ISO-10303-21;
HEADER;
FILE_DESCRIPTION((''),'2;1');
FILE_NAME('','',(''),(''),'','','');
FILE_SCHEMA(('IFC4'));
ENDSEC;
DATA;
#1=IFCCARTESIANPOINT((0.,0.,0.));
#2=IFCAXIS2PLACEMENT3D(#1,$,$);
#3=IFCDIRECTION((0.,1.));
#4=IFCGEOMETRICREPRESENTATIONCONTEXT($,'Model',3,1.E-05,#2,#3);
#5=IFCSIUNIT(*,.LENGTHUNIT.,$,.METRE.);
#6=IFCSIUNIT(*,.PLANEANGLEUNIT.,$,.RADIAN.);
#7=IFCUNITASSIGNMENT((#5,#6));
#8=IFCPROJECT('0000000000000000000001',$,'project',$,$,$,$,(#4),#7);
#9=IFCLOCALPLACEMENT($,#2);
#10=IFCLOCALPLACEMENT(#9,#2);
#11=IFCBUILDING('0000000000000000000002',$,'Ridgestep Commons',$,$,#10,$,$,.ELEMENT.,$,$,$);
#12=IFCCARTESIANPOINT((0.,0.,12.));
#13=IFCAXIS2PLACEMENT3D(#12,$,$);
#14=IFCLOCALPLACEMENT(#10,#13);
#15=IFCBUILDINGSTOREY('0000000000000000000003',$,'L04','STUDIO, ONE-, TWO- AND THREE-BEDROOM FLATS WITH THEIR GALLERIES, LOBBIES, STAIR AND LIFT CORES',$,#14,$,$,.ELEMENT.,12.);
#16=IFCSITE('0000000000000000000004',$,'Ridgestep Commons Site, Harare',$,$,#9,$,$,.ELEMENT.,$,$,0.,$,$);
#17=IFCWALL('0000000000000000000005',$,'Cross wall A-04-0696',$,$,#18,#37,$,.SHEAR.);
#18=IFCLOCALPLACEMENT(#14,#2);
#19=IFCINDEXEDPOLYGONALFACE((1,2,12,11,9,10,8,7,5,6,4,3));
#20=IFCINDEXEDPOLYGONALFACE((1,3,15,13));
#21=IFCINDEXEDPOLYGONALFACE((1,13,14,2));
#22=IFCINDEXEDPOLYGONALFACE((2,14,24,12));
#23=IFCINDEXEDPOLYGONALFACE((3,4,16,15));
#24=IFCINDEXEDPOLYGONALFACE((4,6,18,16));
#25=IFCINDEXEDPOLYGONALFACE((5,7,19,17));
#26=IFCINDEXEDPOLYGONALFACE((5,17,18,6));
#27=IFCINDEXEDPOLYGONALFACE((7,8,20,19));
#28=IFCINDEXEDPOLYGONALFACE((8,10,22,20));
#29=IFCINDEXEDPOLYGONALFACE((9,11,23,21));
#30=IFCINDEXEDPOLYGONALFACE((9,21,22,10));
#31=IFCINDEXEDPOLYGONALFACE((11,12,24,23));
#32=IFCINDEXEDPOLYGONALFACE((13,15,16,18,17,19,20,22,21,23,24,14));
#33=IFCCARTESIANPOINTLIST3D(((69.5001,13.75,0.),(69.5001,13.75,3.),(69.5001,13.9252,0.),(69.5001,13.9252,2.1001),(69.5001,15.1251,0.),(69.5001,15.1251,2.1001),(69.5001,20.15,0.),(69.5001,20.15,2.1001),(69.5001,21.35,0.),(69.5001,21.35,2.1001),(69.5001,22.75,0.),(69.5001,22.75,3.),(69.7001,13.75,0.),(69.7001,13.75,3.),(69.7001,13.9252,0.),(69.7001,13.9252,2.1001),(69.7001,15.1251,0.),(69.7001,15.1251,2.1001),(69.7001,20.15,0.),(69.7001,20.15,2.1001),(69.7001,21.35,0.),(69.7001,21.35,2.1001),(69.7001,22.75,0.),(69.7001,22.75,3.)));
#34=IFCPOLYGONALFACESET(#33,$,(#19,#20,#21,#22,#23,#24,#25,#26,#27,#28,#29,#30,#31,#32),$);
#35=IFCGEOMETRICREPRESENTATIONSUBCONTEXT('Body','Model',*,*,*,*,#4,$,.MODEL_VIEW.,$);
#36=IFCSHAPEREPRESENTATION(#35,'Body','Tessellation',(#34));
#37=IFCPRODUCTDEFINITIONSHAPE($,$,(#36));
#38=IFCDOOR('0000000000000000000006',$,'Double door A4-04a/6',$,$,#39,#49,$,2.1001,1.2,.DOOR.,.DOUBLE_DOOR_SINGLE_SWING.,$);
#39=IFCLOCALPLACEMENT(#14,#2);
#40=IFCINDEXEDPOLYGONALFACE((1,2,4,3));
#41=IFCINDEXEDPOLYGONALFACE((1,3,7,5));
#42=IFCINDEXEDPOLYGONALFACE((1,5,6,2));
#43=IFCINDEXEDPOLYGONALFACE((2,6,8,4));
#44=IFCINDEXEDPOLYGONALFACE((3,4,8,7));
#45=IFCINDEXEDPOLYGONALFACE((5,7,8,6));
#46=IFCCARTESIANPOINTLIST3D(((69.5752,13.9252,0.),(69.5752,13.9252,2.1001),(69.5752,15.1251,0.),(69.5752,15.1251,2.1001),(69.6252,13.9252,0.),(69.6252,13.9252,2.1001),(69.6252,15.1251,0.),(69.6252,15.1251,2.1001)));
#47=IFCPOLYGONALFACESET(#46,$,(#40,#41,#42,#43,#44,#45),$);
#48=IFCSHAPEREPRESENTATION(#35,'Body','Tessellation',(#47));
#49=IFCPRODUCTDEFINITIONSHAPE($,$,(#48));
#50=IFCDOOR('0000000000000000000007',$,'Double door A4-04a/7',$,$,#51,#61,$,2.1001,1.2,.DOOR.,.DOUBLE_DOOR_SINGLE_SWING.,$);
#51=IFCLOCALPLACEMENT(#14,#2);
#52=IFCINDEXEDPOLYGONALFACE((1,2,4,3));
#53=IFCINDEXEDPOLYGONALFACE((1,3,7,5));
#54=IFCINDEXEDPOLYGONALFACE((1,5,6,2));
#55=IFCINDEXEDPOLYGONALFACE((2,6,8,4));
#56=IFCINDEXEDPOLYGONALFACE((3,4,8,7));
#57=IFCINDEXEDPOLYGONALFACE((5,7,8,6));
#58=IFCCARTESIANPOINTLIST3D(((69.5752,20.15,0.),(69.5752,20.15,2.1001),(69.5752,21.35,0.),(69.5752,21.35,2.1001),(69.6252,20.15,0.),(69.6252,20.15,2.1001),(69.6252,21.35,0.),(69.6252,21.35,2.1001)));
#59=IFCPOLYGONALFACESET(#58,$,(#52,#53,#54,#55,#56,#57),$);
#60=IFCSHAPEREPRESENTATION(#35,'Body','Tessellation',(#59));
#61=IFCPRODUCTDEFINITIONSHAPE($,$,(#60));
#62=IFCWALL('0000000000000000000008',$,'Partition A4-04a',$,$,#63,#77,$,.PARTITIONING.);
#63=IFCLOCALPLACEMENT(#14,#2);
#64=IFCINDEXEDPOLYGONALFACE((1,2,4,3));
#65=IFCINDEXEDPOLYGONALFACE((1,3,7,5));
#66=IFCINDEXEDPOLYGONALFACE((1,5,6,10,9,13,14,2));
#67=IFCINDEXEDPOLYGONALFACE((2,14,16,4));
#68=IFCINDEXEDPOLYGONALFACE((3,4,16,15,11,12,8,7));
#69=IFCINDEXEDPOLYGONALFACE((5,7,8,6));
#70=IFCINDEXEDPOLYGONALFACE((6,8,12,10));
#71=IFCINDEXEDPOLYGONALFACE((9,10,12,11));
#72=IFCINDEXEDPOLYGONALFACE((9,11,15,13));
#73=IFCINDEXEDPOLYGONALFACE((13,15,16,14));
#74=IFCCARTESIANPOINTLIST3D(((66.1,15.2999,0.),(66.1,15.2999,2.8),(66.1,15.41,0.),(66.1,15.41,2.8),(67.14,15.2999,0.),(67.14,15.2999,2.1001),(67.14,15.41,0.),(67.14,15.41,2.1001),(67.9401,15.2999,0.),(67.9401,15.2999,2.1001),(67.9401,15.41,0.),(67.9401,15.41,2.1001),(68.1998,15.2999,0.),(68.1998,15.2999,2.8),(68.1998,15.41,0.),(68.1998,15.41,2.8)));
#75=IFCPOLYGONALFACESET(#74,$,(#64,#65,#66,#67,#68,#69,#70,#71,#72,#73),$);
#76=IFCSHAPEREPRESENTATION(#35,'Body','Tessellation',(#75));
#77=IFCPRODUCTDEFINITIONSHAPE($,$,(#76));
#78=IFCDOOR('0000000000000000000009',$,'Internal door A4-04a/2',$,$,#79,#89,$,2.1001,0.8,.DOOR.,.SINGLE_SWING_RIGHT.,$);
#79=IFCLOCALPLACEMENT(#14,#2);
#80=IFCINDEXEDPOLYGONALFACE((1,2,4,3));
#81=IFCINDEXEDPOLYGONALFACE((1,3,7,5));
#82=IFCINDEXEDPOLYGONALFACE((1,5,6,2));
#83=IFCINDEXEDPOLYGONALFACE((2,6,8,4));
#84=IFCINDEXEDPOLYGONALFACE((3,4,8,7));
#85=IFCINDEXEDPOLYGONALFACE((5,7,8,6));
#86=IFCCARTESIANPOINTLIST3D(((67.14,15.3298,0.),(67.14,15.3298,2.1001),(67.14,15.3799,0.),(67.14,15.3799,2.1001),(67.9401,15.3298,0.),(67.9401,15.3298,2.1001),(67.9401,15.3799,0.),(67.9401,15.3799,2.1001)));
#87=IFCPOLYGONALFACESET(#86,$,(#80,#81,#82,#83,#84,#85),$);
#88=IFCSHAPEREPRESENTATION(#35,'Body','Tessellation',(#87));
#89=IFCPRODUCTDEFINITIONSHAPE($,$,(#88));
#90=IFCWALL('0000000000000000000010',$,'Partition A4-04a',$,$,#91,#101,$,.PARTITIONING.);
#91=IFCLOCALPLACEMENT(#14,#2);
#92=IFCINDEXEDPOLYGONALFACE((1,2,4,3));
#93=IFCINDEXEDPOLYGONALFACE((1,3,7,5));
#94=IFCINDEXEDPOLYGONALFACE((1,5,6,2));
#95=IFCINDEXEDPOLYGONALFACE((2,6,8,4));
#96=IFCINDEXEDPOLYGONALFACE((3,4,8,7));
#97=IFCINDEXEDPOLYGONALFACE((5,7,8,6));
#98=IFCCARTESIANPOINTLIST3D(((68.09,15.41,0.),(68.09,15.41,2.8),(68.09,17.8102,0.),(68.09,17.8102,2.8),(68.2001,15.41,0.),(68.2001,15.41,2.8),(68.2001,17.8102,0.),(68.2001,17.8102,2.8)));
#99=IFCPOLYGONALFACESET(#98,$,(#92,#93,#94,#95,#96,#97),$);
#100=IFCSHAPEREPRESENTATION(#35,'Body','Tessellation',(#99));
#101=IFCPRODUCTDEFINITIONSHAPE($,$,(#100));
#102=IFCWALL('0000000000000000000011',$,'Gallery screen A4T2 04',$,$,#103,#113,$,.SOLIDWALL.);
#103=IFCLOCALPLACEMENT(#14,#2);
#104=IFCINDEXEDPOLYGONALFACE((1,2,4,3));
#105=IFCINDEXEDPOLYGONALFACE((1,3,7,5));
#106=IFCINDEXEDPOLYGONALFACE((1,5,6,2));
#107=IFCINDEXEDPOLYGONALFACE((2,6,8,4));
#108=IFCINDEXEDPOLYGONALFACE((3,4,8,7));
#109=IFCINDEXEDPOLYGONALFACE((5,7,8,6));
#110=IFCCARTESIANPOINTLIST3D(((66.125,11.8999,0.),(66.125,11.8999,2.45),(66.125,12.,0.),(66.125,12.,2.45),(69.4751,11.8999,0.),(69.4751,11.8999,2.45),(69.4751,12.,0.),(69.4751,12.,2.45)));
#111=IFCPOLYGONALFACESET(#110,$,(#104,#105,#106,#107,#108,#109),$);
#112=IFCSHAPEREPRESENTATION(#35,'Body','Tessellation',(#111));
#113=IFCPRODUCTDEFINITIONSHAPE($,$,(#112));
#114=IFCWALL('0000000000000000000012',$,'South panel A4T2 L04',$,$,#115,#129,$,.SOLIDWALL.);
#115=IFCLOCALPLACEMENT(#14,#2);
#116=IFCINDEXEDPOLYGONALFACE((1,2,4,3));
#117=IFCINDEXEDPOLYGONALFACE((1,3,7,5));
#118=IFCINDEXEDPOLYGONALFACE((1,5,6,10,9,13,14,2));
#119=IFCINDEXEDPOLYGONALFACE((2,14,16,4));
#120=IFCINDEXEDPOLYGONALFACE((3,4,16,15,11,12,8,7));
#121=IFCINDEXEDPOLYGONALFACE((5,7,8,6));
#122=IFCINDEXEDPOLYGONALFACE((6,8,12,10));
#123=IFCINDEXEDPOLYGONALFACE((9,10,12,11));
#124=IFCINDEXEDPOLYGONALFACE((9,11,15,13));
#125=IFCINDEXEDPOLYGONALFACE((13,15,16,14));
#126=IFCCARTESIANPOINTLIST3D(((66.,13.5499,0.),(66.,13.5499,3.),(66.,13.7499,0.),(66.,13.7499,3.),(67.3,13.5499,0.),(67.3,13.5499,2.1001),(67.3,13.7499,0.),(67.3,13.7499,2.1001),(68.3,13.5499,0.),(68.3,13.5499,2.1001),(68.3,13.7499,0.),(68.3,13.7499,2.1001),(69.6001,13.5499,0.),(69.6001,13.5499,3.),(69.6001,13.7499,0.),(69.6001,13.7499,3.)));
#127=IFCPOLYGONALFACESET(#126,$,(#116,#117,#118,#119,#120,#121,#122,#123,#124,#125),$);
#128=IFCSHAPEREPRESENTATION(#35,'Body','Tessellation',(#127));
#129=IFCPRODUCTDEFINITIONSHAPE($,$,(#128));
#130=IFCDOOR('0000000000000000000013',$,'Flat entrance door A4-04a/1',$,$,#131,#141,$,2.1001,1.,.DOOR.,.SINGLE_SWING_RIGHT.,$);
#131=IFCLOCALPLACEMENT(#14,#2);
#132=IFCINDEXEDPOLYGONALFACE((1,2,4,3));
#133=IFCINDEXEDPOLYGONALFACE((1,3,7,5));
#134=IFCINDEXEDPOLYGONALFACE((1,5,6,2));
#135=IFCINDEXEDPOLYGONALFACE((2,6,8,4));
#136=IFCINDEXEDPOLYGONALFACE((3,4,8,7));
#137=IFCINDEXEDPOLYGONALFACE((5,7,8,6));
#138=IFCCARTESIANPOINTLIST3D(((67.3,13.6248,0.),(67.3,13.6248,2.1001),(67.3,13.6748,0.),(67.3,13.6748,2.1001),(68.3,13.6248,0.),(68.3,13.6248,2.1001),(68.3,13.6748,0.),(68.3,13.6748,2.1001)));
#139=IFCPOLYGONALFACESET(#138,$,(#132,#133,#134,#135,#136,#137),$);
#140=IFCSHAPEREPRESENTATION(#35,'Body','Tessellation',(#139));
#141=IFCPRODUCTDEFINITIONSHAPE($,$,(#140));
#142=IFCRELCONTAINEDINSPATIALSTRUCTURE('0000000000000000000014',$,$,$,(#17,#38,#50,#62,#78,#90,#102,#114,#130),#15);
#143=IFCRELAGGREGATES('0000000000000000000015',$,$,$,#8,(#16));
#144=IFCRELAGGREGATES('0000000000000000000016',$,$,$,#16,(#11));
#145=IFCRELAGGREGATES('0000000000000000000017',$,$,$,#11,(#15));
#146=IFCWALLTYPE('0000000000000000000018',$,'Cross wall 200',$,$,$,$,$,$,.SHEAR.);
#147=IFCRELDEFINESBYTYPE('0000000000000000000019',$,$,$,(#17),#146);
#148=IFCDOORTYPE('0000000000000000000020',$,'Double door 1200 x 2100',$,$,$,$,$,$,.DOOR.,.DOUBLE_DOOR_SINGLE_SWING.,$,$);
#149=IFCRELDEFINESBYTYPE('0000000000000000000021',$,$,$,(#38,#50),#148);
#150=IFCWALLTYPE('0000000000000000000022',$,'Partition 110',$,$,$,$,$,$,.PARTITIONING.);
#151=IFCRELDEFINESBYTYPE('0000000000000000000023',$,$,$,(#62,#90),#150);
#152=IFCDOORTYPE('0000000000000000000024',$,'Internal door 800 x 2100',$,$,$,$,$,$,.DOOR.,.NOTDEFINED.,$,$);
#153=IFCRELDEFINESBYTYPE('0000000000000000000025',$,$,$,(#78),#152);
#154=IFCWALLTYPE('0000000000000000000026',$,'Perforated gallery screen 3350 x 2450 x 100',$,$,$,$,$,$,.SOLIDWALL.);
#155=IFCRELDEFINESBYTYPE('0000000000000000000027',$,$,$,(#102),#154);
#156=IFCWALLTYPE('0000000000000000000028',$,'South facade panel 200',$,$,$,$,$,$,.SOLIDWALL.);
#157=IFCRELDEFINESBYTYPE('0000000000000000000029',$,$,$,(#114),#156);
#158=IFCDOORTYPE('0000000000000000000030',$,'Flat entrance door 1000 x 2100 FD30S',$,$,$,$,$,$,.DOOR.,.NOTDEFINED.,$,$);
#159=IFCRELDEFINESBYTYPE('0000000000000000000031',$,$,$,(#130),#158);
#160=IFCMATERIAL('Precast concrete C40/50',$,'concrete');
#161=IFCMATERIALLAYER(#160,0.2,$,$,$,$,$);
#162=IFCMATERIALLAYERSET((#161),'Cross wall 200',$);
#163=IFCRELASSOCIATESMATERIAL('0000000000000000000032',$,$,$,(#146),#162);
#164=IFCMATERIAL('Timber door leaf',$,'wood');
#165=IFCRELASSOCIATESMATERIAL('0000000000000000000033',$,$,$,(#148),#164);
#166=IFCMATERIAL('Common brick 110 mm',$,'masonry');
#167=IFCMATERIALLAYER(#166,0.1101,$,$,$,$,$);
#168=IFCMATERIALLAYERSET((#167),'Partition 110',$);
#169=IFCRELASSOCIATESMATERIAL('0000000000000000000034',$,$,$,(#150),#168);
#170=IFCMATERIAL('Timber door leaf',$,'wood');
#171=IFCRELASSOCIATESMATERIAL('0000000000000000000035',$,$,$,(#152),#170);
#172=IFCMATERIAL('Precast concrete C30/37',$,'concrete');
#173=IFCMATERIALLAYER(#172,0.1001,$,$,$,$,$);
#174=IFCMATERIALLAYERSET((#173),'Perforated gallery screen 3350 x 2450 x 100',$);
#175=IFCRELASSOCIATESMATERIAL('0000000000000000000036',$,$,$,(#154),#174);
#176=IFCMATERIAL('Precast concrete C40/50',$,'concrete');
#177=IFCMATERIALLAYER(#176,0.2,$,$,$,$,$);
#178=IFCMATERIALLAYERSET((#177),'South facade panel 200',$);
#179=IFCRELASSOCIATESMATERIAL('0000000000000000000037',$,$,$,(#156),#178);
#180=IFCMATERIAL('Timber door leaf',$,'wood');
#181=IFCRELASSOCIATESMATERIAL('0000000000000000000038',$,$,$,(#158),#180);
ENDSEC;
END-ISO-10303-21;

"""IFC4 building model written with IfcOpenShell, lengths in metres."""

from ifc_helpers import new_model, si_unit, direction, frame, frame_2d, origin, place, context, subcontext, project, spatial, rectangle, extrude, material, layer, layer_set, type_object, element, fill, save


model = new_model("IFC4")

# Units and contexts
model_context = context("Model", 3, precision=1e-05, world=origin(), true_north=direction((0.0, 1.0)))
body_context = subcontext(model_context, "Body", "Model", "MODEL_VIEW")
ifc_project = project(units=[si_unit("LENGTHUNIT", "METRE"), si_unit("PLANEANGLEUNIT", "RADIAN")], contexts=[model_context])

# Site, building, storey
site_placement = place(None, origin())
site = spatial("IfcSite", under=ifc_project, at=site_placement, Name="Ridgestep Commons Site, Harare", CompositionType="ELEMENT", RefElevation=0.0)
building_placement = place(site_placement, origin())
building = spatial("IfcBuilding", under=site, at=building_placement, Name="Ridgestep Commons", CompositionType="ELEMENT")
storey_placement = place(building_placement, frame((0.0, 0.0, 12.0)))
storey = spatial("IfcBuildingStorey", under=building, at=storey_placement, Name="L04", Description="STUDIO, ONE-, TWO- AND THREE-BEDROOM FLATS WITH THEIR GALLERIES, LOBBIES, STAIR AND LIFT CORES", CompositionType="ELEMENT", Elevation=12.0)

# Wall, openings, doors
ifc_material_1 = material(Name="Precast concrete C40/50", Category="concrete")
ifc_layer_1 = layer(ifc_material_1, 0.2)
ifc_layer_set_1 = layer_set([ifc_layer_1], Name="Cross wall 200")
wall_type_1 = type_object("IfcWallType", Name="Cross wall 200", PredefinedType="SHEAR", material=ifc_layer_set_1)
ifc_material_2 = material(Name="Timber door leaf", Category="wood")
door_type_1 = type_object("IfcDoorType", Name="Double door 1200 x 2100", OperationType="DOUBLE_DOOR_SINGLE_SWING", PredefinedType="DOOR", material=ifc_material_2)
wall_1_placement = place(storey_placement, frame((69.6001, 13.75, 0.0), z_axis=(0.0, 0.0, 1.0), x_axis=(0.0, 1.0, 0.0)))
wall_1 = element("IfcWall", 1, at=wall_1_placement, inside=storey, type_object=wall_type_1, Name="Cross wall A-04-0696", PredefinedType="SHEAR", context=body_context, shape_type="SweptSolid", body=[
    extrude(rectangle(XDim=9.0, YDim=0.2, at=frame_2d((4.5, 0.0))), origin(), (0.0, 0.0, 1.0), 3.0),
])
opening_1_placement = place(wall_1_placement, frame((0.175, 0.0, 0.0)))
opening_1 = element("IfcOpeningElement", 2, at=opening_1_placement, cuts=wall_1, PredefinedType="OPENING", context=body_context, shape_type="SweptSolid", body=[
    extrude(rectangle(XDim=1.2, YDim=2.1001, at=frame_2d((0.6001, 1.05))), frame((0.0, 0.1099, 0.0), z_axis=(0.0, -1.0, 0.0), x_axis=(1.0, 0.0, 0.0)), (0.0, 0.0, 1.0), 0.22),
])
opening_2_placement = place(wall_1_placement, frame((6.3999, 0.0, 0.0)))
opening_2 = element("IfcOpeningElement", 3, at=opening_2_placement, cuts=wall_1, PredefinedType="OPENING", context=body_context, shape_type="SweptSolid", body=[
    extrude(rectangle(XDim=1.2, YDim=2.1001, at=frame_2d((0.6001, 1.05))), frame((0.0, 0.1099, 0.0), z_axis=(0.0, -1.0, 0.0), x_axis=(1.0, 0.0, 0.0)), (0.0, 0.0, 1.0), 0.22),
])
door_1_placement = place(opening_1_placement, origin())
door_1 = element("IfcDoor", 4, at=door_1_placement, inside=storey, type_object=door_type_1, Name="Double door A4-04a/6", OperationType="DOUBLE_DOOR_SINGLE_SWING", OverallHeight=2.1001, OverallWidth=1.2, PredefinedType="DOOR", context=body_context, shape_type="SweptSolid", body=[
    extrude(rectangle(XDim=1.2, YDim=2.1001, at=frame_2d((0.6001, 1.05))), frame((0.0, 0.0249, 0.0), z_axis=(0.0, -1.0, 0.0), x_axis=(1.0, 0.0, 0.0)), (0.0, 0.0, 1.0), 0.05),
])
fill(opening_1, door_1)
door_2_placement = place(opening_2_placement, origin())
door_2 = element("IfcDoor", 5, at=door_2_placement, inside=storey, type_object=door_type_1, Name="Double door A4-04a/7", OperationType="DOUBLE_DOOR_SINGLE_SWING", OverallHeight=2.1001, OverallWidth=1.2, PredefinedType="DOOR", context=body_context, shape_type="SweptSolid", body=[
    extrude(rectangle(XDim=1.2, YDim=2.1001, at=frame_2d((0.6001, 1.05))), frame((0.0, 0.0249, 0.0), z_axis=(0.0, -1.0, 0.0), x_axis=(1.0, 0.0, 0.0)), (0.0, 0.0, 1.0), 0.05),
])
fill(opening_2, door_2)

# Wall, opening, door
ifc_material_3 = material(Name="Common brick 110 mm", Category="masonry")
ifc_layer_2 = layer(ifc_material_3, 0.1101)
ifc_layer_set_2 = layer_set([ifc_layer_2], Name="Partition 110")
wall_type_2 = type_object("IfcWallType", Name="Partition 110", PredefinedType="PARTITIONING", material=ifc_layer_set_2)
wall_2_placement = place(storey_placement, frame((66.1001, 15.355, 0.0), z_axis=(0.0, 0.0, 1.0), x_axis=(1.0, 0.0, 0.0)))
wall_2 = element("IfcWall", 6, at=wall_2_placement, inside=storey, type_object=wall_type_2, Name="Partition A4-04a", PredefinedType="PARTITIONING", context=body_context, shape_type="SweptSolid", body=[
    extrude(rectangle(XDim=2.0999, YDim=0.1101, at=frame_2d((1.0498, 0.0))), origin(), (0.0, 0.0, 1.0), 2.8),
])
opening_3_placement = place(wall_2_placement, frame((1.04, 0.0, 0.0)))
opening_3 = element("IfcOpeningElement", 7, at=opening_3_placement, cuts=wall_2, PredefinedType="OPENING", context=body_context, shape_type="SweptSolid", body=[
    extrude(rectangle(XDim=0.8, YDim=2.1001, at=frame_2d((0.3999, 1.05))), frame((0.0, 0.0649, 0.0), z_axis=(0.0, -1.0, 0.0), x_axis=(1.0, 0.0, 0.0)), (0.0, 0.0, 1.0), 0.1301),
])
ifc_material_4 = material(Name="Timber door leaf", Category="wood")
door_type_2 = type_object("IfcDoorType", Name="Internal door 800 x 2100", OperationType="NOTDEFINED", PredefinedType="DOOR", material=ifc_material_4)
door_3_placement = place(opening_3_placement, origin())
door_3 = element("IfcDoor", 8, at=door_3_placement, inside=storey, type_object=door_type_2, Name="Internal door A4-04a/2", OperationType="SINGLE_SWING_RIGHT", OverallHeight=2.1001, OverallWidth=0.8, PredefinedType="DOOR", context=body_context, shape_type="SweptSolid", body=[
    extrude(rectangle(XDim=0.8, YDim=2.1001, at=frame_2d((0.3999, 1.05))), frame((0.0, 0.0249, 0.0), z_axis=(0.0, -1.0, 0.0), x_axis=(1.0, 0.0, 0.0)), (0.0, 0.0, 1.0), 0.05),
])
fill(opening_3, door_3)

# Walls
wall_3_placement = place(storey_placement, frame((68.145, 15.4099, 0.0), z_axis=(0.0, 0.0, 1.0), x_axis=(0.0, 1.0, 0.0)))
element("IfcWall", 9, at=wall_3_placement, inside=storey, type_object=wall_type_2, Name="Partition A4-04a", PredefinedType="PARTITIONING", context=body_context, shape_type="SweptSolid", body=[
    extrude(rectangle(XDim=2.4001, YDim=0.1101, at=frame_2d((1.2002, 0.0))), origin(), (0.0, 0.0, 1.0), 2.8),
])
ifc_material_5 = material(Name="Precast concrete C30/37", Category="concrete")
ifc_layer_3 = layer(ifc_material_5, 0.1001)
ifc_layer_set_3 = layer_set([ifc_layer_3], Name="Perforated gallery screen 3350 x 2450 x 100")
wall_type_3 = type_object("IfcWallType", Name="Perforated gallery screen 3350 x 2450 x 100", PredefinedType="SOLIDWALL", material=ifc_layer_set_3)
wall_4_placement = place(storey_placement, frame((66.125, 11.95, 0.0), z_axis=(0.0, 0.0, 1.0), x_axis=(1.0, 0.0, 0.0)))
element("IfcWall", 10, at=wall_4_placement, inside=storey, type_object=wall_type_3, Name="Gallery screen A4T2 04", PredefinedType="SOLIDWALL", context=body_context, shape_type="SweptSolid", body=[
    extrude(rectangle(XDim=3.3501, YDim=0.1001, at=frame_2d((1.675, 0.0))), origin(), (0.0, 0.0, 1.0), 2.45),
])

# Wall, opening, door
ifc_material_6 = material(Name="Precast concrete C40/50", Category="concrete")
ifc_layer_4 = layer(ifc_material_6, 0.2)
ifc_layer_set_4 = layer_set([ifc_layer_4], Name="South facade panel 200")
wall_type_4 = type_object("IfcWallType", Name="South facade panel 200", PredefinedType="SOLIDWALL", material=ifc_layer_set_4)
wall_5_placement = place(storey_placement, frame((66.0, 13.6499, 0.0), z_axis=(0.0, 0.0, 1.0), x_axis=(1.0, 0.0, 0.0)))
wall_5 = element("IfcWall", 11, at=wall_5_placement, inside=storey, type_object=wall_type_4, Name="South panel A4T2 L04", PredefinedType="SOLIDWALL", context=body_context, shape_type="SweptSolid", body=[
    extrude(rectangle(XDim=3.6001, YDim=0.2, at=frame_2d((1.8, 0.0))), origin(), (0.0, 0.0, 1.0), 3.0),
])
opening_4_placement = place(wall_5_placement, frame((1.3, 0.0, 0.0)))
opening_4 = element("IfcOpeningElement", 12, at=opening_4_placement, cuts=wall_5, PredefinedType="OPENING", context=body_context, shape_type="SweptSolid", body=[
    extrude(rectangle(XDim=1.0, YDim=2.1001, at=frame_2d((0.5, 1.05))), frame((0.0, 0.1099, 0.0), z_axis=(0.0, -1.0, 0.0), x_axis=(1.0, 0.0, 0.0)), (0.0, 0.0, 1.0), 0.22),
])
ifc_material_7 = material(Name="Timber door leaf", Category="wood")
door_type_3 = type_object("IfcDoorType", Name="Flat entrance door 1000 x 2100 FD30S", OperationType="NOTDEFINED", PredefinedType="DOOR", material=ifc_material_7)
door_4_placement = place(opening_4_placement, origin())
door_4 = element("IfcDoor", 13, at=door_4_placement, inside=storey, type_object=door_type_3, Name="Flat entrance door A4-04a/1", OperationType="SINGLE_SWING_RIGHT", OverallHeight=2.1001, OverallWidth=1.0, PredefinedType="DOOR", context=body_context, shape_type="SweptSolid", body=[
    extrude(rectangle(XDim=1.0, YDim=2.1001, at=frame_2d((0.5, 1.05))), frame((0.0, 0.0249, 0.0), z_axis=(0.0, -1.0, 0.0), x_axis=(1.0, 0.0, 0.0)), (0.0, 0.0, 1.0), 0.05),
])
fill(opening_4, door_4)

save(model, "model.ifc")
